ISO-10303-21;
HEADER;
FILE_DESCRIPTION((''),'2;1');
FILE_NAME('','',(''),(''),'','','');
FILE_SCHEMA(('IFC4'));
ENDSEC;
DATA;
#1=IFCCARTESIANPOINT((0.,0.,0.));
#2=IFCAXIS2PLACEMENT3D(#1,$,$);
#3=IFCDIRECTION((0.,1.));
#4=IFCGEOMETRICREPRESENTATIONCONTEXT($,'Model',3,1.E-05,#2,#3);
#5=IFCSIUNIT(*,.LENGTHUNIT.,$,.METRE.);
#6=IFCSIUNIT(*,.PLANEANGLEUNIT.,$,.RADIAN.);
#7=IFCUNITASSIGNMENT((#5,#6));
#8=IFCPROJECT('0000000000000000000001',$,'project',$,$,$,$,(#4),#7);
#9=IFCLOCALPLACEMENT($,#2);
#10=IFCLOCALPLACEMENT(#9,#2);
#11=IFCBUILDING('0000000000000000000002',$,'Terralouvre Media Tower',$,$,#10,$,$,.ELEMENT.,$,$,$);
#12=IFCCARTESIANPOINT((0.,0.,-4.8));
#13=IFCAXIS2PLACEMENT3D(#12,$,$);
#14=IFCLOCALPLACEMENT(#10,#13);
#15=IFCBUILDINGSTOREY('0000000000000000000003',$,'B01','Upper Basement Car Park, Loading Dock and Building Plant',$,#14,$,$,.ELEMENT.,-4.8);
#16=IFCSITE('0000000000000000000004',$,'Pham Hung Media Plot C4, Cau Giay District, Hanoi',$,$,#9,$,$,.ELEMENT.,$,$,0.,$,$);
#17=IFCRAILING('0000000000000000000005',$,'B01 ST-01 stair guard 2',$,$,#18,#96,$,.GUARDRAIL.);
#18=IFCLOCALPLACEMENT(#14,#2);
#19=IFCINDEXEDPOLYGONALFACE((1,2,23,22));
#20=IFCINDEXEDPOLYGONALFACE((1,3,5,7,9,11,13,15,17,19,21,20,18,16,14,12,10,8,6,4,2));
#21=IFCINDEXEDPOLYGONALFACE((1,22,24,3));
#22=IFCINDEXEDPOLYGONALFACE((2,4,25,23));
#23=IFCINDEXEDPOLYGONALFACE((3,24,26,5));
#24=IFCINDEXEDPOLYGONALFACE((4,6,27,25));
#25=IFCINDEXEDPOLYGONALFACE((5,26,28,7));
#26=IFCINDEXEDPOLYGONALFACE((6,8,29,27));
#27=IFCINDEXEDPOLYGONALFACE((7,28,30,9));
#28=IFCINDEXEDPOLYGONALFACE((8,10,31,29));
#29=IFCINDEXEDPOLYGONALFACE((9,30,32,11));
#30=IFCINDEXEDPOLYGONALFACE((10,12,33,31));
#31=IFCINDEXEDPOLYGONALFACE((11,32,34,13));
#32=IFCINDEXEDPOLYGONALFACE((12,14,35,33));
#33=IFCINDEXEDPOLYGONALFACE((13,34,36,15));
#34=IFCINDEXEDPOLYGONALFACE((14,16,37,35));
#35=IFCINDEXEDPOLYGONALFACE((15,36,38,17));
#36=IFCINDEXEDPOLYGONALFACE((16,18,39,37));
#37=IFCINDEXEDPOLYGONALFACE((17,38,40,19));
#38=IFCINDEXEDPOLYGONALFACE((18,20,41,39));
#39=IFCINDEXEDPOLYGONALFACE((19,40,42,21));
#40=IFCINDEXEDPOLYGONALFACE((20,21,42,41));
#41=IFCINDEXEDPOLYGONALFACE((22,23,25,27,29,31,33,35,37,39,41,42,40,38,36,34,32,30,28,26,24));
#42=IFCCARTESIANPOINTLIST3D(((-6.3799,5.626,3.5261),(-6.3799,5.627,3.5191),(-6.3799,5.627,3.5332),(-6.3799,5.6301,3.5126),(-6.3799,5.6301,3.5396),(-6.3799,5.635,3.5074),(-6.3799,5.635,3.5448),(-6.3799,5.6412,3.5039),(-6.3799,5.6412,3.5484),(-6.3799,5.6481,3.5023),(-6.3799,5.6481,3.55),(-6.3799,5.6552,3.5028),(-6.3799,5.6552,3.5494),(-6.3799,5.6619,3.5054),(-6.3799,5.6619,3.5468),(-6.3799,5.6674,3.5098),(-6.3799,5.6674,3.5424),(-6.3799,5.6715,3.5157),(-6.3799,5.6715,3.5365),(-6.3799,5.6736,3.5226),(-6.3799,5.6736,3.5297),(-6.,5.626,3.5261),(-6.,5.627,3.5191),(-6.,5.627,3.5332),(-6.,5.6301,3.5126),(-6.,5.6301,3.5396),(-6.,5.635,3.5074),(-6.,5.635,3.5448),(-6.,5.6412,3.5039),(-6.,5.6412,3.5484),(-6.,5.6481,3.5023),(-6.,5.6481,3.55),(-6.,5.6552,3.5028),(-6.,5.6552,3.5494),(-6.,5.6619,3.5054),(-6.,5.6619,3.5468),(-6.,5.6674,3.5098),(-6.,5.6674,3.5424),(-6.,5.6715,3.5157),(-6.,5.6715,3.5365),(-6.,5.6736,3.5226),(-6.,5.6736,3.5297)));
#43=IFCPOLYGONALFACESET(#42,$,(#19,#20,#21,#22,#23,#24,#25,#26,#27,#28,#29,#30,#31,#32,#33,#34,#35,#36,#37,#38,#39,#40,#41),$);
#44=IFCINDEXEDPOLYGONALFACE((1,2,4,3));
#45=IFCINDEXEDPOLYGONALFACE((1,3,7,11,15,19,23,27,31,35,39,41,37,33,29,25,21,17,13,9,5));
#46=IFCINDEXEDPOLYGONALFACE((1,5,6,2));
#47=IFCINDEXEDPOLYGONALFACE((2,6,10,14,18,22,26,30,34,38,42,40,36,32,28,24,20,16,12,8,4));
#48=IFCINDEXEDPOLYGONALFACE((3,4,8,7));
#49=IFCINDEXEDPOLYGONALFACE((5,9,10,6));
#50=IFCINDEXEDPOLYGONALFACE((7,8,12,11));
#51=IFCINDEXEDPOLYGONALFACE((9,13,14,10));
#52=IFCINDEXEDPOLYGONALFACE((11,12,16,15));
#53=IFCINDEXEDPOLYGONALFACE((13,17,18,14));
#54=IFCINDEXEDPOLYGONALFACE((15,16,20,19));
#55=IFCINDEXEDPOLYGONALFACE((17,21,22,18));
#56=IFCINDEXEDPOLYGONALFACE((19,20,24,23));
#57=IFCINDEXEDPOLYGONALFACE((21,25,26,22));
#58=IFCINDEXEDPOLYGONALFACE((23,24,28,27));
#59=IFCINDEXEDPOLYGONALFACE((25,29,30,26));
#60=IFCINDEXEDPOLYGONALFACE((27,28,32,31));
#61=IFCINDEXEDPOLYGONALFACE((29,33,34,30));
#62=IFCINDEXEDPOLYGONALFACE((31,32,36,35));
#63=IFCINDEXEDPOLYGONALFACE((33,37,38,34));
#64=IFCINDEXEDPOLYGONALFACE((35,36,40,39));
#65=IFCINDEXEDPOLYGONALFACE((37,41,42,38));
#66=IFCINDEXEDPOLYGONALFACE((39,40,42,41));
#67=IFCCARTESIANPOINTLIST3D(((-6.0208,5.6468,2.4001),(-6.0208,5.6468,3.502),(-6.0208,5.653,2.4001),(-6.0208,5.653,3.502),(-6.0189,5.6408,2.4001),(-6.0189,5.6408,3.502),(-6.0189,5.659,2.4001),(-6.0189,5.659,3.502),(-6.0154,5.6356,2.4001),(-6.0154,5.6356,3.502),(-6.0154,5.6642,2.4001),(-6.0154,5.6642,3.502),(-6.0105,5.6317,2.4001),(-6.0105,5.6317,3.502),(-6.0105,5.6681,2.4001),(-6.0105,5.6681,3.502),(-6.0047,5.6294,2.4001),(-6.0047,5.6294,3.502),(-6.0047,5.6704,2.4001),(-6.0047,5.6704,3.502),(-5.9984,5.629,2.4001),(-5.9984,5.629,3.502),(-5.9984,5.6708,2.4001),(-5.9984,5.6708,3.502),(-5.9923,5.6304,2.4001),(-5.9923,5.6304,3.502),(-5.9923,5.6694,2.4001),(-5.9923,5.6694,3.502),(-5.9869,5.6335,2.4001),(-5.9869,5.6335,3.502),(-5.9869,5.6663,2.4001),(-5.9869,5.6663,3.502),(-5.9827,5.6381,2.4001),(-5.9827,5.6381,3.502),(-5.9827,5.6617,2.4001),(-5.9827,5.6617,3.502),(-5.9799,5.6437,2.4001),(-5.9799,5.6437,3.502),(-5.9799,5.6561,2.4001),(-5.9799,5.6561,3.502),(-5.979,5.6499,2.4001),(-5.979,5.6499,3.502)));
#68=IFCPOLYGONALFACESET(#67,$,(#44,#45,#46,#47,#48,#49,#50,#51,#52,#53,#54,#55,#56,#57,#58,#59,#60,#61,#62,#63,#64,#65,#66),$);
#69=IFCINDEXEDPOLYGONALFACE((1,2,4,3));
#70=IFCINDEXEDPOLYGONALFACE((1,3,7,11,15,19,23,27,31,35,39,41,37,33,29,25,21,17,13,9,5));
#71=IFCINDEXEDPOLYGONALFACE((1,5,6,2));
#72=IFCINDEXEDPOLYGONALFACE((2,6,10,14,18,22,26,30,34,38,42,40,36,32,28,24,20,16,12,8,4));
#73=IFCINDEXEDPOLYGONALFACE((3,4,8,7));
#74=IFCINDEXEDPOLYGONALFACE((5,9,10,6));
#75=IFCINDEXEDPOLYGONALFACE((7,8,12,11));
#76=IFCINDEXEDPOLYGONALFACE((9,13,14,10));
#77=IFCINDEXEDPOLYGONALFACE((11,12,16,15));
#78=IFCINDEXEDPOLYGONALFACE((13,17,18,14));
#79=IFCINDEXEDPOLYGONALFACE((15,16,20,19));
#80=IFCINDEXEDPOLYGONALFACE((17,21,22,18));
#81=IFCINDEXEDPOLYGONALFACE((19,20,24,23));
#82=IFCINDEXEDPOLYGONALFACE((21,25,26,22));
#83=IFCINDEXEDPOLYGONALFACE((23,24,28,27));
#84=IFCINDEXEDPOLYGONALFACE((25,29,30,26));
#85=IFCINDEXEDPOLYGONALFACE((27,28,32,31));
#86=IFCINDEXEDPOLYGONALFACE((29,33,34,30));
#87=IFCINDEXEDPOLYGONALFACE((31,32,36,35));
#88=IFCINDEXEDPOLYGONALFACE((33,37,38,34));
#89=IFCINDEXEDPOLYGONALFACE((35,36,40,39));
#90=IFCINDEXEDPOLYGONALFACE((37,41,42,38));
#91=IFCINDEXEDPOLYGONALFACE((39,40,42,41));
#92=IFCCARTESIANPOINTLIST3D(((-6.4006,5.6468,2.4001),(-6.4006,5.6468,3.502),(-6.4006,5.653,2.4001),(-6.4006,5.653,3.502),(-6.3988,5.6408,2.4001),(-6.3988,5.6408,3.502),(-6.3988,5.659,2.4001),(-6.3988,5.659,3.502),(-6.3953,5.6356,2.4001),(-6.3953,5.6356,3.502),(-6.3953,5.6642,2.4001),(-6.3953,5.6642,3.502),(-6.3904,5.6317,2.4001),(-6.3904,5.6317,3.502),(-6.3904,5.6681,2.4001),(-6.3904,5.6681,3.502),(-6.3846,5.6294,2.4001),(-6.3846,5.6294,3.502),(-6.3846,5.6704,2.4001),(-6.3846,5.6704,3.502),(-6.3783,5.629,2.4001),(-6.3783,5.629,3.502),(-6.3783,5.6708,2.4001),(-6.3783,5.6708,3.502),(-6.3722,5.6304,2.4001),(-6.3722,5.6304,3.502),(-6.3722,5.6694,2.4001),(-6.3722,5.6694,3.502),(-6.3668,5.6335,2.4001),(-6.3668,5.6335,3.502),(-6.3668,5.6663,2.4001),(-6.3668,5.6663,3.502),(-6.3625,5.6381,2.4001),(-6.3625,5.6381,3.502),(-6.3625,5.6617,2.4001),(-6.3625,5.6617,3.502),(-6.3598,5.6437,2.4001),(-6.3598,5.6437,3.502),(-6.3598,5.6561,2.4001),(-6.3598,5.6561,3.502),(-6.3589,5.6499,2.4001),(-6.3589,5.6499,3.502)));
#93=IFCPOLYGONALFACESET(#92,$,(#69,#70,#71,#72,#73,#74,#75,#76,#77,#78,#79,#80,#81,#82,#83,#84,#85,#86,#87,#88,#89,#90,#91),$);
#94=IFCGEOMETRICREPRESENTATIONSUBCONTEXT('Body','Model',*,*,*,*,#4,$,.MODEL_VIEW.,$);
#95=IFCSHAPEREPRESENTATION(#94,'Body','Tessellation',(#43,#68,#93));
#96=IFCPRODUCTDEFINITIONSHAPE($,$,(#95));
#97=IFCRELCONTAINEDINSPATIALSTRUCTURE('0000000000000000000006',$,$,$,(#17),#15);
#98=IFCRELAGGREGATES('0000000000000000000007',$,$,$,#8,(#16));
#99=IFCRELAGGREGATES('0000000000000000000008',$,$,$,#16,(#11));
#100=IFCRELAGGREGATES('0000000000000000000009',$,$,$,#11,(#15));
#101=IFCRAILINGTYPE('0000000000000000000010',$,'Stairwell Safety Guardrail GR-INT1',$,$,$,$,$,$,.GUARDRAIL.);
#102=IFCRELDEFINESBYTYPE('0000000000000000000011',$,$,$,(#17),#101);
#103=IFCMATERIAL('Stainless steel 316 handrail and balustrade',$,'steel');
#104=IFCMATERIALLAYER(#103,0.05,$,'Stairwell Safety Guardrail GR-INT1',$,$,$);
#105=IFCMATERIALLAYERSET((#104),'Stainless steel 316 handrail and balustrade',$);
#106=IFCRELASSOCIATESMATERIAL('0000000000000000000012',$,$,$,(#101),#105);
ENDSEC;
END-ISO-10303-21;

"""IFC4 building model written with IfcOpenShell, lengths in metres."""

from ifc_helpers import new_model, si_unit, direction, frame, origin, origin_2d, place, context, subcontext, project, spatial, circle, extrude, material, layer, layer_set, type_object, element, save


model = new_model("IFC4")

# Units and contexts
model_context = context("Model", 3, precision=1e-05, world=origin(), true_north=direction((0.0, 1.0)))
body_context = subcontext(model_context, "Body", "Model", "MODEL_VIEW")
ifc_project = project(units=[si_unit("LENGTHUNIT", "METRE"), si_unit("PLANEANGLEUNIT", "RADIAN")], contexts=[model_context])

# Site, building, storey
site_placement = place(None, origin())
site = spatial("IfcSite", under=ifc_project, at=site_placement, Name="Pham Hung Media Plot C4, Cau Giay District, Hanoi", CompositionType="ELEMENT", RefElevation=0.0)
building_placement = place(site_placement, origin())
building = spatial("IfcBuilding", under=site, at=building_placement, Name="Terralouvre Media Tower", CompositionType="ELEMENT")
storey_placement = place(building_placement, frame((0.0, 0.0, -4.8)))
storey = spatial("IfcBuildingStorey", under=building, at=storey_placement, Name="B01", Description="Upper Basement Car Park, Loading Dock and Building Plant", CompositionType="ELEMENT", Elevation=-4.8)

# Railing
ifc_material_1 = material(Name="Stainless steel 316 handrail and balustrade", Category="steel")
ifc_layer_1 = layer(ifc_material_1, 0.05, Name="Stairwell Safety Guardrail GR-INT1")
ifc_layer_set_1 = layer_set([ifc_layer_1], Name="Stainless steel 316 handrail and balustrade")
railing_type_1 = type_object("IfcRailingType", Name="Stairwell Safety Guardrail GR-INT1", PredefinedType="GUARDRAIL", material=ifc_layer_set_1)
railing_1_placement = place(storey_placement, frame((-6.0, 5.6499, 2.4001)))
element("IfcRailing", 1, at=railing_1_placement, inside=storey, type_object=railing_type_1, Name="B01 ST-01 stair guard 2", PredefinedType="GUARDRAIL", context=body_context, shape_type="SweptSolid", body=[
    extrude(circle(Radius=0.0239, at=origin_2d()), frame((0.0, 0.0, 1.126), z_axis=(-1.0, 0.0, 0.0), x_axis=(0.0, -1.0, 0.0)), (0.0, 0.0, 1.0), 0.3799),
    extrude(circle(Radius=0.021, at=origin_2d()), origin(), (0.0, 0.0, 1.0), 1.1018),
    extrude(circle(Radius=0.021, at=origin_2d()), frame((-0.3799, 0.0, 0.0)), (0.0, 0.0, 1.0), 1.1018),
])

save(model, "model.ifc")
